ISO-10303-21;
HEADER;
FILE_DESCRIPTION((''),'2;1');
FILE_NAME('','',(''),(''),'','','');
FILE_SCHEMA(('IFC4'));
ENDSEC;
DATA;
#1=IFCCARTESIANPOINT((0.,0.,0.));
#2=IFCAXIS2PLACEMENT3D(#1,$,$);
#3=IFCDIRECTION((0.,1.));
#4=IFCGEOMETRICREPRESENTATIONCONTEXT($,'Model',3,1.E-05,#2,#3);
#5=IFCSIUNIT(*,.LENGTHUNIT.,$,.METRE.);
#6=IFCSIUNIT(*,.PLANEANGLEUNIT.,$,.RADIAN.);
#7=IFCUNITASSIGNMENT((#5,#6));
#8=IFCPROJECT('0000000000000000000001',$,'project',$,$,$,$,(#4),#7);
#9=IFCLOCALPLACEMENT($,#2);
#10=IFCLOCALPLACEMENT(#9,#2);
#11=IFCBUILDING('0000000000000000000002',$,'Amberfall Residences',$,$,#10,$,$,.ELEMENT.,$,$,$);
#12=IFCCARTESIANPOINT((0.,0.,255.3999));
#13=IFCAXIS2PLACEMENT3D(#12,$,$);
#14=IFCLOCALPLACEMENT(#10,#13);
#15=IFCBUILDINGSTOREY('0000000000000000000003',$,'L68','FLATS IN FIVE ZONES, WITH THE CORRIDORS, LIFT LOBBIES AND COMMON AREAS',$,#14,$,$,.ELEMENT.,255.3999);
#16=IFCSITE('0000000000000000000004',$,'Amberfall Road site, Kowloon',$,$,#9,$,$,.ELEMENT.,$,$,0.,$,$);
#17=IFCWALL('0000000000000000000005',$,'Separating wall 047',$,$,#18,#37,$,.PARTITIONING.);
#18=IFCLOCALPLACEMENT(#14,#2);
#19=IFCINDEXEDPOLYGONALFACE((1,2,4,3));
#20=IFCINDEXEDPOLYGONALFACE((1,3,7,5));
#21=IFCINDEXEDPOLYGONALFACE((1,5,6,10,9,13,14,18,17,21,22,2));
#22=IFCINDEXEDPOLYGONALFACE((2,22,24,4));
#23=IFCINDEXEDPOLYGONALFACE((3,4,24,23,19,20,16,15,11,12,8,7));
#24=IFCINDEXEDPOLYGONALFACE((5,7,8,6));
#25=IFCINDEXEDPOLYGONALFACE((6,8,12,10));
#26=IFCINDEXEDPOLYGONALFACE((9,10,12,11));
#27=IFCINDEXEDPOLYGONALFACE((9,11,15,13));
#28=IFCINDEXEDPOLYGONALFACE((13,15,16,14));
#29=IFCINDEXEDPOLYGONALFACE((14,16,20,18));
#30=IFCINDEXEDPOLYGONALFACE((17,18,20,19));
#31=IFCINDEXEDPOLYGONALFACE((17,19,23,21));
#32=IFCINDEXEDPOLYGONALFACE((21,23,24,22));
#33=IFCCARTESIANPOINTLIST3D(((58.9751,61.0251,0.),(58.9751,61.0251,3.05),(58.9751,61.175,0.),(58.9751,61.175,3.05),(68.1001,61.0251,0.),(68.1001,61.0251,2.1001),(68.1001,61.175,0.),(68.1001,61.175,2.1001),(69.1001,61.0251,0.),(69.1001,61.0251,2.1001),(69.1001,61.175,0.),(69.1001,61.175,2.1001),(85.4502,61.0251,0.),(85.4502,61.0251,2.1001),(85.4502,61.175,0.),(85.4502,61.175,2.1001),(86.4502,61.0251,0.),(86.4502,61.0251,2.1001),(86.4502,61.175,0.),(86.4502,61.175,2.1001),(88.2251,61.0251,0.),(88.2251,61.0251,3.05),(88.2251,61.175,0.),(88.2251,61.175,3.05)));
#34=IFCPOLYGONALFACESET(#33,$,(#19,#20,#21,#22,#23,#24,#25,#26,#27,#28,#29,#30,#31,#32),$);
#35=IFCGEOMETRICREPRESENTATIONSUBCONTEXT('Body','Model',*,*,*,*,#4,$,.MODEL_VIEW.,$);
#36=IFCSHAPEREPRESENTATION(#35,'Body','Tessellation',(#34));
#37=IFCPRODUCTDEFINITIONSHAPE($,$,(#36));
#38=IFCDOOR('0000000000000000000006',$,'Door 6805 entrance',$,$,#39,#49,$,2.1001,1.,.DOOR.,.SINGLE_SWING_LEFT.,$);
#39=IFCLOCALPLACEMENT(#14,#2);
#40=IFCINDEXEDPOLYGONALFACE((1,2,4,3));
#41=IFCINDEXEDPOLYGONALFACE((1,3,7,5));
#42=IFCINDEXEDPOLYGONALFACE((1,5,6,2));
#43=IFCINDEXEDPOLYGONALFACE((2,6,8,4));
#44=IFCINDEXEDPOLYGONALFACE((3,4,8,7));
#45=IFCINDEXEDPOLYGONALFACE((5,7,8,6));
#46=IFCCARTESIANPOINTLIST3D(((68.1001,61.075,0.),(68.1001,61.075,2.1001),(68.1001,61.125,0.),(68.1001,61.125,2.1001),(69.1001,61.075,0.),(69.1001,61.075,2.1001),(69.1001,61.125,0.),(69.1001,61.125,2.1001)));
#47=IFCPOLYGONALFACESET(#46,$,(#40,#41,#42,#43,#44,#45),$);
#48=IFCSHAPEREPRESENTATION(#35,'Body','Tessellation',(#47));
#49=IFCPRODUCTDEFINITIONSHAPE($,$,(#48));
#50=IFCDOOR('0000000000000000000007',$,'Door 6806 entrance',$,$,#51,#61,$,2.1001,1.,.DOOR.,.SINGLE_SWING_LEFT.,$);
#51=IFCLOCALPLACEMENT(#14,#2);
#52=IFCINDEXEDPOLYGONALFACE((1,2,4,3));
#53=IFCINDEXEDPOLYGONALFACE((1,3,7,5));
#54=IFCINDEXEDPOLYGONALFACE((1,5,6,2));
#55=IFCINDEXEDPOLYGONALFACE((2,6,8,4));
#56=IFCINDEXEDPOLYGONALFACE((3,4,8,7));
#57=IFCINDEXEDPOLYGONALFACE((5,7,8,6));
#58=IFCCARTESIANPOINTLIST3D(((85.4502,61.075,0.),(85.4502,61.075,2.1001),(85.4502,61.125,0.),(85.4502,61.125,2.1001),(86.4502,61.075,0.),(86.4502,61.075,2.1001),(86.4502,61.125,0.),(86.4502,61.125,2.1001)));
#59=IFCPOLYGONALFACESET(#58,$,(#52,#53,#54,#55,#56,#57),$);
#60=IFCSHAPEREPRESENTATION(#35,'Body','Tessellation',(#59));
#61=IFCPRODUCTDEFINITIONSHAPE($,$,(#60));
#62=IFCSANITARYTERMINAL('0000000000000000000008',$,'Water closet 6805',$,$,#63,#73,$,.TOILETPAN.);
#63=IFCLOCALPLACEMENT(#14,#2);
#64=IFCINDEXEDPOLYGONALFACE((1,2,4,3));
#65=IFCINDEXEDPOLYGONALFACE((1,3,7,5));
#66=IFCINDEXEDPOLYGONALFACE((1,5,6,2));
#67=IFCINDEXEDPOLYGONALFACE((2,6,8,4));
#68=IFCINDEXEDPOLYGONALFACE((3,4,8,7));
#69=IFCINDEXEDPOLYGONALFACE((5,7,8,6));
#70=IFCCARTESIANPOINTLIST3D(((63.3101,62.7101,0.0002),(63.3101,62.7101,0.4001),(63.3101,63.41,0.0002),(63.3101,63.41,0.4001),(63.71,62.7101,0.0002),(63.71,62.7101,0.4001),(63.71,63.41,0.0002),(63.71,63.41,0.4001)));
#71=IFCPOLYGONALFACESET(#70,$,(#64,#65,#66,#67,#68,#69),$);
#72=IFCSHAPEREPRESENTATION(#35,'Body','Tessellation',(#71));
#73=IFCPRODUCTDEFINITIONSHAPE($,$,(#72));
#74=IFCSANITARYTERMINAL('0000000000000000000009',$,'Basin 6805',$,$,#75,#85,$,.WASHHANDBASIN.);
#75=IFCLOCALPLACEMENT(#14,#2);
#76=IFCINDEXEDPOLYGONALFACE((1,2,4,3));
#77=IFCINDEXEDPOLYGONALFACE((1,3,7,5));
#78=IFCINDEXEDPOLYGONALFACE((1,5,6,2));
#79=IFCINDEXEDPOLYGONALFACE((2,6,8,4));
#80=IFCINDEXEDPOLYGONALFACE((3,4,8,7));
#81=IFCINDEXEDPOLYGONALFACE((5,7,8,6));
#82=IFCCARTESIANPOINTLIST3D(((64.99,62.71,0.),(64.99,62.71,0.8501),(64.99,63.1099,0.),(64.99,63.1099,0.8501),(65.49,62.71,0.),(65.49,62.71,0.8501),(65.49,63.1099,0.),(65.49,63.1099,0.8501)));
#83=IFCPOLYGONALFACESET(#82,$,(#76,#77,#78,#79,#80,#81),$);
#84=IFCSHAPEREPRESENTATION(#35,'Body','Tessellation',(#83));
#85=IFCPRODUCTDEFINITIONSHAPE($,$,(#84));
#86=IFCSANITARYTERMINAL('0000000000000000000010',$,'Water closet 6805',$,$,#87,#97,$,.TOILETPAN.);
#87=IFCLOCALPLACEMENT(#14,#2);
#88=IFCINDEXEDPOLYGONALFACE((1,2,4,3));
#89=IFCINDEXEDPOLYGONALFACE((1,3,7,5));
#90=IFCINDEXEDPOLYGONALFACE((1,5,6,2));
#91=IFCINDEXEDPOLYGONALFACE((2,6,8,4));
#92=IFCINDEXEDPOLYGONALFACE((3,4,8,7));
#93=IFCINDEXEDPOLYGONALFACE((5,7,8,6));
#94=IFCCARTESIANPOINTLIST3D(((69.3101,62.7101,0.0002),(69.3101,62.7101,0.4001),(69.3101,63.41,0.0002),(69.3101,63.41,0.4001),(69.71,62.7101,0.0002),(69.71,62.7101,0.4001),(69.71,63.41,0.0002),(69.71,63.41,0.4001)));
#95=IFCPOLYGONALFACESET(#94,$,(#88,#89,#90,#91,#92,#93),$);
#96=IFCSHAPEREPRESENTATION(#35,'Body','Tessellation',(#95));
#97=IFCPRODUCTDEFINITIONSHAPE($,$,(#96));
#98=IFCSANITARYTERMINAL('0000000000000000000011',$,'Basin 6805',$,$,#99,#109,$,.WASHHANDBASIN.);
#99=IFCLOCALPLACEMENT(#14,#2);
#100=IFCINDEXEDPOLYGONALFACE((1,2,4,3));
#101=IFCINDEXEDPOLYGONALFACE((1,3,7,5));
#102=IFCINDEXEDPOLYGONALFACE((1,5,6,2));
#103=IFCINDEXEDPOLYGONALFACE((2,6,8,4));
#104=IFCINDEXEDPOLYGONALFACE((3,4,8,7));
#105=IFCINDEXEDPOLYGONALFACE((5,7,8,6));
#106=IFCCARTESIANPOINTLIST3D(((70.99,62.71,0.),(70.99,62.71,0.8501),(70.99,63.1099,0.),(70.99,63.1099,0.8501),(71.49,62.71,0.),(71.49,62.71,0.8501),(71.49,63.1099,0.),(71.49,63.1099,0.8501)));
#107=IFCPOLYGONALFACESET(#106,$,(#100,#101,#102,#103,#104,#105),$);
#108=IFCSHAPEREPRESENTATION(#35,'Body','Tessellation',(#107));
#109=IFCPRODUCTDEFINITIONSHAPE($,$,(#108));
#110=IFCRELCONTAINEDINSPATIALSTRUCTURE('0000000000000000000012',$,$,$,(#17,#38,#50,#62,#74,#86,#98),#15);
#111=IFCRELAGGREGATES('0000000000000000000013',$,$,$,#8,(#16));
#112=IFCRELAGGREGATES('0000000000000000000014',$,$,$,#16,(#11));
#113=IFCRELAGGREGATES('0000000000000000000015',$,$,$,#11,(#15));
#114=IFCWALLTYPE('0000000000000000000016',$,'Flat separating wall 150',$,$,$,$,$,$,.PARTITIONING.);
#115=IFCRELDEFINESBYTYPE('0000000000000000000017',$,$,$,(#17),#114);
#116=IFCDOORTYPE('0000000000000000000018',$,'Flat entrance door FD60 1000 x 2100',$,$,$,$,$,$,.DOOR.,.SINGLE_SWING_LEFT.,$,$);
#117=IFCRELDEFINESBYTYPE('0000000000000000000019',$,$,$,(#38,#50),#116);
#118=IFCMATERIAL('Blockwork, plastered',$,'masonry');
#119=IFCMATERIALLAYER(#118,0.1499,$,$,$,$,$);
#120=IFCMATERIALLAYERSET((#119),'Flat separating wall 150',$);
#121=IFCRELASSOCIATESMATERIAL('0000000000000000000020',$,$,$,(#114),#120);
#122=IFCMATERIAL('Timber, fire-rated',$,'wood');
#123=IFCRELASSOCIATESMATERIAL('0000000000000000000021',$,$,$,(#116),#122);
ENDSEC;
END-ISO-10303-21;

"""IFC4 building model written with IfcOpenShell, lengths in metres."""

from ifc_helpers import new_model, si_unit, direction, frame, frame_2d, origin, origin_2d, place, context, subcontext, project, spatial, rectangle, extrude, material, layer, layer_set, type_object, element, fill, save


model = new_model("IFC4")

# Units and contexts
model_context = context("Model", 3, precision=1e-05, world=origin(), true_north=direction((0.0, 1.0)))
body_context = subcontext(model_context, "Body", "Model", "MODEL_VIEW")
ifc_project = project(units=[si_unit("LENGTHUNIT", "METRE"), si_unit("PLANEANGLEUNIT", "RADIAN")], contexts=[model_context])

# Site, building, storey
site_placement = place(None, origin())
site = spatial("IfcSite", under=ifc_project, at=site_placement, Name="Amberfall Road site, Kowloon", CompositionType="ELEMENT", RefElevation=0.0)
building_placement = place(site_placement, origin())
building = spatial("IfcBuilding", under=site, at=building_placement, Name="Amberfall Residences", CompositionType="ELEMENT")
storey_placement = place(building_placement, frame((0.0, 0.0, 255.3999)))
storey = spatial("IfcBuildingStorey", under=building, at=storey_placement, Name="L68", Description="FLATS IN FIVE ZONES, WITH THE CORRIDORS, LIFT LOBBIES AND COMMON AREAS", CompositionType="ELEMENT", Elevation=255.3999)

# Shared definitions
ifc_material_1 = material(Name="Blockwork, plastered", Category="masonry")
ifc_layer_1 = layer(ifc_material_1, 0.1499)
ifc_layer_set_1 = layer_set([ifc_layer_1], Name="Flat separating wall 150")
wall_type_1 = type_object("IfcWallType", Name="Flat separating wall 150", PredefinedType="PARTITIONING", material=ifc_layer_set_1)

# Wall, openings, doors
wall_1_placement = place(storey_placement, frame((58.9751, 61.1001, 0.0), z_axis=(0.0, 0.0, 1.0), x_axis=(1.0, 0.0, 0.0)))
wall_1 = element("IfcWall", 1, at=wall_1_placement, inside=storey, type_object=wall_type_1, Name="Separating wall 047", PredefinedType="PARTITIONING", context=body_context, shape_type="SweptSolid", body=[
    extrude(rectangle(XDim=29.25, YDim=0.1499, at=frame_2d((14.625, 0.0))), origin(), (0.0, 0.0, 1.0), 3.05),
])
opening_1_placement = place(wall_1_placement, frame((9.125, 0.0, 0.0)))
opening_1 = element("IfcOpeningElement", 2, at=opening_1_placement, cuts=wall_1, PredefinedType="OPENING", context=body_context, shape_type="SweptSolid", body=[
    extrude(rectangle(XDim=1.0, YDim=2.1001, at=frame_2d((0.5, 1.05))), frame((0.0, 0.085, 0.0), z_axis=(0.0, -1.0, 0.0), x_axis=(1.0, 0.0, 0.0)), (0.0, 0.0, 1.0), 0.1699),
])
opening_2_placement = place(wall_1_placement, frame((26.4751, 0.0, 0.0)))
opening_2 = element("IfcOpeningElement", 3, at=opening_2_placement, cuts=wall_1, PredefinedType="OPENING", context=body_context, shape_type="SweptSolid", body=[
    extrude(rectangle(XDim=1.0, YDim=2.1001, at=frame_2d((0.5, 1.05))), frame((0.0, 0.085, 0.0), z_axis=(0.0, -1.0, 0.0), x_axis=(1.0, 0.0, 0.0)), (0.0, 0.0, 1.0), 0.1699),
])
ifc_material_2 = material(Name="Timber, fire-rated", Category="wood")
door_type_1 = type_object("IfcDoorType", Name="Flat entrance door FD60 1000 x 2100", OperationType="SINGLE_SWING_LEFT", PredefinedType="DOOR", material=ifc_material_2)
door_1_placement = place(opening_1_placement, origin())
door_1 = element("IfcDoor", 4, at=door_1_placement, inside=storey, type_object=door_type_1, Name="Door 6805 entrance", OperationType="SINGLE_SWING_LEFT", OverallHeight=2.1001, OverallWidth=1.0, PredefinedType="DOOR", context=body_context, shape_type="SweptSolid", body=[
    extrude(rectangle(XDim=1.0, YDim=2.1001, at=frame_2d((0.5, 1.05))), frame((0.0, 0.0249, 0.0), z_axis=(0.0, -1.0, 0.0), x_axis=(1.0, 0.0, 0.0)), (0.0, 0.0, 1.0), 0.05),
])
fill(opening_1, door_1)
door_2_placement = place(opening_2_placement, origin())
door_2 = element("IfcDoor", 5, at=door_2_placement, inside=storey, type_object=door_type_1, Name="Door 6806 entrance", OperationType="SINGLE_SWING_LEFT", OverallHeight=2.1001, OverallWidth=1.0, PredefinedType="DOOR", context=body_context, shape_type="SweptSolid", body=[
    extrude(rectangle(XDim=1.0, YDim=2.1001, at=frame_2d((0.5, 1.05))), frame((0.0, 0.0249, 0.0), z_axis=(0.0, -1.0, 0.0), x_axis=(1.0, 0.0, 0.0)), (0.0, 0.0, 1.0), 0.05),
])
fill(opening_2, door_2)

# Sanitary terminals
sanitary_terminal_1_placement = place(storey_placement, frame((63.51, 63.0601, 0.0002), z_axis=(0.0, 0.0, 1.0), x_axis=(1.0, 0.0, 0.0)))
element("IfcSanitaryTerminal", 6, at=sanitary_terminal_1_placement, inside=storey, Name="Water closet 6805", PredefinedType="TOILETPAN", context=body_context, shape_type="SweptSolid", body=[
    extrude(rectangle(XDim=0.3999, YDim=0.7, at=origin_2d()), origin(), (0.0, 0.0, 1.0), 0.3999),
])
sanitary_terminal_2_placement = place(storey_placement, frame((65.24, 62.9099, 0.0), z_axis=(0.0, 0.0, 1.0), x_axis=(1.0, 0.0, 0.0)))
element("IfcSanitaryTerminal", 7, at=sanitary_terminal_2_placement, inside=storey, Name="Basin 6805", PredefinedType="WASHHANDBASIN", context=body_context, shape_type="SweptSolid", body=[
    extrude(rectangle(XDim=0.5, YDim=0.3999, at=origin_2d()), origin(), (0.0, 0.0, 1.0), 0.8501),
])
sanitary_terminal_3_placement = place(storey_placement, frame((69.51, 63.0601, 0.0002), z_axis=(0.0, 0.0, 1.0), x_axis=(1.0, 0.0, 0.0)))
element("IfcSanitaryTerminal", 8, at=sanitary_terminal_3_placement, inside=storey, Name="Water closet 6805", PredefinedType="TOILETPAN", context=body_context, shape_type="SweptSolid", body=[
    extrude(rectangle(XDim=0.3999, YDim=0.7, at=origin_2d()), origin(), (0.0, 0.0, 1.0), 0.3999),
])
sanitary_terminal_4_placement = place(storey_placement, frame((71.24, 62.9099, 0.0), z_axis=(0.0, 0.0, 1.0), x_axis=(1.0, 0.0, 0.0)))
element("IfcSanitaryTerminal", 9, at=sanitary_terminal_4_placement, inside=storey, Name="Basin 6805", PredefinedType="WASHHANDBASIN", context=body_context, shape_type="SweptSolid", body=[
    extrude(rectangle(XDim=0.5, YDim=0.3999, at=origin_2d()), origin(), (0.0, 0.0, 1.0), 0.8501),
])

save(model, "model.ifc")
